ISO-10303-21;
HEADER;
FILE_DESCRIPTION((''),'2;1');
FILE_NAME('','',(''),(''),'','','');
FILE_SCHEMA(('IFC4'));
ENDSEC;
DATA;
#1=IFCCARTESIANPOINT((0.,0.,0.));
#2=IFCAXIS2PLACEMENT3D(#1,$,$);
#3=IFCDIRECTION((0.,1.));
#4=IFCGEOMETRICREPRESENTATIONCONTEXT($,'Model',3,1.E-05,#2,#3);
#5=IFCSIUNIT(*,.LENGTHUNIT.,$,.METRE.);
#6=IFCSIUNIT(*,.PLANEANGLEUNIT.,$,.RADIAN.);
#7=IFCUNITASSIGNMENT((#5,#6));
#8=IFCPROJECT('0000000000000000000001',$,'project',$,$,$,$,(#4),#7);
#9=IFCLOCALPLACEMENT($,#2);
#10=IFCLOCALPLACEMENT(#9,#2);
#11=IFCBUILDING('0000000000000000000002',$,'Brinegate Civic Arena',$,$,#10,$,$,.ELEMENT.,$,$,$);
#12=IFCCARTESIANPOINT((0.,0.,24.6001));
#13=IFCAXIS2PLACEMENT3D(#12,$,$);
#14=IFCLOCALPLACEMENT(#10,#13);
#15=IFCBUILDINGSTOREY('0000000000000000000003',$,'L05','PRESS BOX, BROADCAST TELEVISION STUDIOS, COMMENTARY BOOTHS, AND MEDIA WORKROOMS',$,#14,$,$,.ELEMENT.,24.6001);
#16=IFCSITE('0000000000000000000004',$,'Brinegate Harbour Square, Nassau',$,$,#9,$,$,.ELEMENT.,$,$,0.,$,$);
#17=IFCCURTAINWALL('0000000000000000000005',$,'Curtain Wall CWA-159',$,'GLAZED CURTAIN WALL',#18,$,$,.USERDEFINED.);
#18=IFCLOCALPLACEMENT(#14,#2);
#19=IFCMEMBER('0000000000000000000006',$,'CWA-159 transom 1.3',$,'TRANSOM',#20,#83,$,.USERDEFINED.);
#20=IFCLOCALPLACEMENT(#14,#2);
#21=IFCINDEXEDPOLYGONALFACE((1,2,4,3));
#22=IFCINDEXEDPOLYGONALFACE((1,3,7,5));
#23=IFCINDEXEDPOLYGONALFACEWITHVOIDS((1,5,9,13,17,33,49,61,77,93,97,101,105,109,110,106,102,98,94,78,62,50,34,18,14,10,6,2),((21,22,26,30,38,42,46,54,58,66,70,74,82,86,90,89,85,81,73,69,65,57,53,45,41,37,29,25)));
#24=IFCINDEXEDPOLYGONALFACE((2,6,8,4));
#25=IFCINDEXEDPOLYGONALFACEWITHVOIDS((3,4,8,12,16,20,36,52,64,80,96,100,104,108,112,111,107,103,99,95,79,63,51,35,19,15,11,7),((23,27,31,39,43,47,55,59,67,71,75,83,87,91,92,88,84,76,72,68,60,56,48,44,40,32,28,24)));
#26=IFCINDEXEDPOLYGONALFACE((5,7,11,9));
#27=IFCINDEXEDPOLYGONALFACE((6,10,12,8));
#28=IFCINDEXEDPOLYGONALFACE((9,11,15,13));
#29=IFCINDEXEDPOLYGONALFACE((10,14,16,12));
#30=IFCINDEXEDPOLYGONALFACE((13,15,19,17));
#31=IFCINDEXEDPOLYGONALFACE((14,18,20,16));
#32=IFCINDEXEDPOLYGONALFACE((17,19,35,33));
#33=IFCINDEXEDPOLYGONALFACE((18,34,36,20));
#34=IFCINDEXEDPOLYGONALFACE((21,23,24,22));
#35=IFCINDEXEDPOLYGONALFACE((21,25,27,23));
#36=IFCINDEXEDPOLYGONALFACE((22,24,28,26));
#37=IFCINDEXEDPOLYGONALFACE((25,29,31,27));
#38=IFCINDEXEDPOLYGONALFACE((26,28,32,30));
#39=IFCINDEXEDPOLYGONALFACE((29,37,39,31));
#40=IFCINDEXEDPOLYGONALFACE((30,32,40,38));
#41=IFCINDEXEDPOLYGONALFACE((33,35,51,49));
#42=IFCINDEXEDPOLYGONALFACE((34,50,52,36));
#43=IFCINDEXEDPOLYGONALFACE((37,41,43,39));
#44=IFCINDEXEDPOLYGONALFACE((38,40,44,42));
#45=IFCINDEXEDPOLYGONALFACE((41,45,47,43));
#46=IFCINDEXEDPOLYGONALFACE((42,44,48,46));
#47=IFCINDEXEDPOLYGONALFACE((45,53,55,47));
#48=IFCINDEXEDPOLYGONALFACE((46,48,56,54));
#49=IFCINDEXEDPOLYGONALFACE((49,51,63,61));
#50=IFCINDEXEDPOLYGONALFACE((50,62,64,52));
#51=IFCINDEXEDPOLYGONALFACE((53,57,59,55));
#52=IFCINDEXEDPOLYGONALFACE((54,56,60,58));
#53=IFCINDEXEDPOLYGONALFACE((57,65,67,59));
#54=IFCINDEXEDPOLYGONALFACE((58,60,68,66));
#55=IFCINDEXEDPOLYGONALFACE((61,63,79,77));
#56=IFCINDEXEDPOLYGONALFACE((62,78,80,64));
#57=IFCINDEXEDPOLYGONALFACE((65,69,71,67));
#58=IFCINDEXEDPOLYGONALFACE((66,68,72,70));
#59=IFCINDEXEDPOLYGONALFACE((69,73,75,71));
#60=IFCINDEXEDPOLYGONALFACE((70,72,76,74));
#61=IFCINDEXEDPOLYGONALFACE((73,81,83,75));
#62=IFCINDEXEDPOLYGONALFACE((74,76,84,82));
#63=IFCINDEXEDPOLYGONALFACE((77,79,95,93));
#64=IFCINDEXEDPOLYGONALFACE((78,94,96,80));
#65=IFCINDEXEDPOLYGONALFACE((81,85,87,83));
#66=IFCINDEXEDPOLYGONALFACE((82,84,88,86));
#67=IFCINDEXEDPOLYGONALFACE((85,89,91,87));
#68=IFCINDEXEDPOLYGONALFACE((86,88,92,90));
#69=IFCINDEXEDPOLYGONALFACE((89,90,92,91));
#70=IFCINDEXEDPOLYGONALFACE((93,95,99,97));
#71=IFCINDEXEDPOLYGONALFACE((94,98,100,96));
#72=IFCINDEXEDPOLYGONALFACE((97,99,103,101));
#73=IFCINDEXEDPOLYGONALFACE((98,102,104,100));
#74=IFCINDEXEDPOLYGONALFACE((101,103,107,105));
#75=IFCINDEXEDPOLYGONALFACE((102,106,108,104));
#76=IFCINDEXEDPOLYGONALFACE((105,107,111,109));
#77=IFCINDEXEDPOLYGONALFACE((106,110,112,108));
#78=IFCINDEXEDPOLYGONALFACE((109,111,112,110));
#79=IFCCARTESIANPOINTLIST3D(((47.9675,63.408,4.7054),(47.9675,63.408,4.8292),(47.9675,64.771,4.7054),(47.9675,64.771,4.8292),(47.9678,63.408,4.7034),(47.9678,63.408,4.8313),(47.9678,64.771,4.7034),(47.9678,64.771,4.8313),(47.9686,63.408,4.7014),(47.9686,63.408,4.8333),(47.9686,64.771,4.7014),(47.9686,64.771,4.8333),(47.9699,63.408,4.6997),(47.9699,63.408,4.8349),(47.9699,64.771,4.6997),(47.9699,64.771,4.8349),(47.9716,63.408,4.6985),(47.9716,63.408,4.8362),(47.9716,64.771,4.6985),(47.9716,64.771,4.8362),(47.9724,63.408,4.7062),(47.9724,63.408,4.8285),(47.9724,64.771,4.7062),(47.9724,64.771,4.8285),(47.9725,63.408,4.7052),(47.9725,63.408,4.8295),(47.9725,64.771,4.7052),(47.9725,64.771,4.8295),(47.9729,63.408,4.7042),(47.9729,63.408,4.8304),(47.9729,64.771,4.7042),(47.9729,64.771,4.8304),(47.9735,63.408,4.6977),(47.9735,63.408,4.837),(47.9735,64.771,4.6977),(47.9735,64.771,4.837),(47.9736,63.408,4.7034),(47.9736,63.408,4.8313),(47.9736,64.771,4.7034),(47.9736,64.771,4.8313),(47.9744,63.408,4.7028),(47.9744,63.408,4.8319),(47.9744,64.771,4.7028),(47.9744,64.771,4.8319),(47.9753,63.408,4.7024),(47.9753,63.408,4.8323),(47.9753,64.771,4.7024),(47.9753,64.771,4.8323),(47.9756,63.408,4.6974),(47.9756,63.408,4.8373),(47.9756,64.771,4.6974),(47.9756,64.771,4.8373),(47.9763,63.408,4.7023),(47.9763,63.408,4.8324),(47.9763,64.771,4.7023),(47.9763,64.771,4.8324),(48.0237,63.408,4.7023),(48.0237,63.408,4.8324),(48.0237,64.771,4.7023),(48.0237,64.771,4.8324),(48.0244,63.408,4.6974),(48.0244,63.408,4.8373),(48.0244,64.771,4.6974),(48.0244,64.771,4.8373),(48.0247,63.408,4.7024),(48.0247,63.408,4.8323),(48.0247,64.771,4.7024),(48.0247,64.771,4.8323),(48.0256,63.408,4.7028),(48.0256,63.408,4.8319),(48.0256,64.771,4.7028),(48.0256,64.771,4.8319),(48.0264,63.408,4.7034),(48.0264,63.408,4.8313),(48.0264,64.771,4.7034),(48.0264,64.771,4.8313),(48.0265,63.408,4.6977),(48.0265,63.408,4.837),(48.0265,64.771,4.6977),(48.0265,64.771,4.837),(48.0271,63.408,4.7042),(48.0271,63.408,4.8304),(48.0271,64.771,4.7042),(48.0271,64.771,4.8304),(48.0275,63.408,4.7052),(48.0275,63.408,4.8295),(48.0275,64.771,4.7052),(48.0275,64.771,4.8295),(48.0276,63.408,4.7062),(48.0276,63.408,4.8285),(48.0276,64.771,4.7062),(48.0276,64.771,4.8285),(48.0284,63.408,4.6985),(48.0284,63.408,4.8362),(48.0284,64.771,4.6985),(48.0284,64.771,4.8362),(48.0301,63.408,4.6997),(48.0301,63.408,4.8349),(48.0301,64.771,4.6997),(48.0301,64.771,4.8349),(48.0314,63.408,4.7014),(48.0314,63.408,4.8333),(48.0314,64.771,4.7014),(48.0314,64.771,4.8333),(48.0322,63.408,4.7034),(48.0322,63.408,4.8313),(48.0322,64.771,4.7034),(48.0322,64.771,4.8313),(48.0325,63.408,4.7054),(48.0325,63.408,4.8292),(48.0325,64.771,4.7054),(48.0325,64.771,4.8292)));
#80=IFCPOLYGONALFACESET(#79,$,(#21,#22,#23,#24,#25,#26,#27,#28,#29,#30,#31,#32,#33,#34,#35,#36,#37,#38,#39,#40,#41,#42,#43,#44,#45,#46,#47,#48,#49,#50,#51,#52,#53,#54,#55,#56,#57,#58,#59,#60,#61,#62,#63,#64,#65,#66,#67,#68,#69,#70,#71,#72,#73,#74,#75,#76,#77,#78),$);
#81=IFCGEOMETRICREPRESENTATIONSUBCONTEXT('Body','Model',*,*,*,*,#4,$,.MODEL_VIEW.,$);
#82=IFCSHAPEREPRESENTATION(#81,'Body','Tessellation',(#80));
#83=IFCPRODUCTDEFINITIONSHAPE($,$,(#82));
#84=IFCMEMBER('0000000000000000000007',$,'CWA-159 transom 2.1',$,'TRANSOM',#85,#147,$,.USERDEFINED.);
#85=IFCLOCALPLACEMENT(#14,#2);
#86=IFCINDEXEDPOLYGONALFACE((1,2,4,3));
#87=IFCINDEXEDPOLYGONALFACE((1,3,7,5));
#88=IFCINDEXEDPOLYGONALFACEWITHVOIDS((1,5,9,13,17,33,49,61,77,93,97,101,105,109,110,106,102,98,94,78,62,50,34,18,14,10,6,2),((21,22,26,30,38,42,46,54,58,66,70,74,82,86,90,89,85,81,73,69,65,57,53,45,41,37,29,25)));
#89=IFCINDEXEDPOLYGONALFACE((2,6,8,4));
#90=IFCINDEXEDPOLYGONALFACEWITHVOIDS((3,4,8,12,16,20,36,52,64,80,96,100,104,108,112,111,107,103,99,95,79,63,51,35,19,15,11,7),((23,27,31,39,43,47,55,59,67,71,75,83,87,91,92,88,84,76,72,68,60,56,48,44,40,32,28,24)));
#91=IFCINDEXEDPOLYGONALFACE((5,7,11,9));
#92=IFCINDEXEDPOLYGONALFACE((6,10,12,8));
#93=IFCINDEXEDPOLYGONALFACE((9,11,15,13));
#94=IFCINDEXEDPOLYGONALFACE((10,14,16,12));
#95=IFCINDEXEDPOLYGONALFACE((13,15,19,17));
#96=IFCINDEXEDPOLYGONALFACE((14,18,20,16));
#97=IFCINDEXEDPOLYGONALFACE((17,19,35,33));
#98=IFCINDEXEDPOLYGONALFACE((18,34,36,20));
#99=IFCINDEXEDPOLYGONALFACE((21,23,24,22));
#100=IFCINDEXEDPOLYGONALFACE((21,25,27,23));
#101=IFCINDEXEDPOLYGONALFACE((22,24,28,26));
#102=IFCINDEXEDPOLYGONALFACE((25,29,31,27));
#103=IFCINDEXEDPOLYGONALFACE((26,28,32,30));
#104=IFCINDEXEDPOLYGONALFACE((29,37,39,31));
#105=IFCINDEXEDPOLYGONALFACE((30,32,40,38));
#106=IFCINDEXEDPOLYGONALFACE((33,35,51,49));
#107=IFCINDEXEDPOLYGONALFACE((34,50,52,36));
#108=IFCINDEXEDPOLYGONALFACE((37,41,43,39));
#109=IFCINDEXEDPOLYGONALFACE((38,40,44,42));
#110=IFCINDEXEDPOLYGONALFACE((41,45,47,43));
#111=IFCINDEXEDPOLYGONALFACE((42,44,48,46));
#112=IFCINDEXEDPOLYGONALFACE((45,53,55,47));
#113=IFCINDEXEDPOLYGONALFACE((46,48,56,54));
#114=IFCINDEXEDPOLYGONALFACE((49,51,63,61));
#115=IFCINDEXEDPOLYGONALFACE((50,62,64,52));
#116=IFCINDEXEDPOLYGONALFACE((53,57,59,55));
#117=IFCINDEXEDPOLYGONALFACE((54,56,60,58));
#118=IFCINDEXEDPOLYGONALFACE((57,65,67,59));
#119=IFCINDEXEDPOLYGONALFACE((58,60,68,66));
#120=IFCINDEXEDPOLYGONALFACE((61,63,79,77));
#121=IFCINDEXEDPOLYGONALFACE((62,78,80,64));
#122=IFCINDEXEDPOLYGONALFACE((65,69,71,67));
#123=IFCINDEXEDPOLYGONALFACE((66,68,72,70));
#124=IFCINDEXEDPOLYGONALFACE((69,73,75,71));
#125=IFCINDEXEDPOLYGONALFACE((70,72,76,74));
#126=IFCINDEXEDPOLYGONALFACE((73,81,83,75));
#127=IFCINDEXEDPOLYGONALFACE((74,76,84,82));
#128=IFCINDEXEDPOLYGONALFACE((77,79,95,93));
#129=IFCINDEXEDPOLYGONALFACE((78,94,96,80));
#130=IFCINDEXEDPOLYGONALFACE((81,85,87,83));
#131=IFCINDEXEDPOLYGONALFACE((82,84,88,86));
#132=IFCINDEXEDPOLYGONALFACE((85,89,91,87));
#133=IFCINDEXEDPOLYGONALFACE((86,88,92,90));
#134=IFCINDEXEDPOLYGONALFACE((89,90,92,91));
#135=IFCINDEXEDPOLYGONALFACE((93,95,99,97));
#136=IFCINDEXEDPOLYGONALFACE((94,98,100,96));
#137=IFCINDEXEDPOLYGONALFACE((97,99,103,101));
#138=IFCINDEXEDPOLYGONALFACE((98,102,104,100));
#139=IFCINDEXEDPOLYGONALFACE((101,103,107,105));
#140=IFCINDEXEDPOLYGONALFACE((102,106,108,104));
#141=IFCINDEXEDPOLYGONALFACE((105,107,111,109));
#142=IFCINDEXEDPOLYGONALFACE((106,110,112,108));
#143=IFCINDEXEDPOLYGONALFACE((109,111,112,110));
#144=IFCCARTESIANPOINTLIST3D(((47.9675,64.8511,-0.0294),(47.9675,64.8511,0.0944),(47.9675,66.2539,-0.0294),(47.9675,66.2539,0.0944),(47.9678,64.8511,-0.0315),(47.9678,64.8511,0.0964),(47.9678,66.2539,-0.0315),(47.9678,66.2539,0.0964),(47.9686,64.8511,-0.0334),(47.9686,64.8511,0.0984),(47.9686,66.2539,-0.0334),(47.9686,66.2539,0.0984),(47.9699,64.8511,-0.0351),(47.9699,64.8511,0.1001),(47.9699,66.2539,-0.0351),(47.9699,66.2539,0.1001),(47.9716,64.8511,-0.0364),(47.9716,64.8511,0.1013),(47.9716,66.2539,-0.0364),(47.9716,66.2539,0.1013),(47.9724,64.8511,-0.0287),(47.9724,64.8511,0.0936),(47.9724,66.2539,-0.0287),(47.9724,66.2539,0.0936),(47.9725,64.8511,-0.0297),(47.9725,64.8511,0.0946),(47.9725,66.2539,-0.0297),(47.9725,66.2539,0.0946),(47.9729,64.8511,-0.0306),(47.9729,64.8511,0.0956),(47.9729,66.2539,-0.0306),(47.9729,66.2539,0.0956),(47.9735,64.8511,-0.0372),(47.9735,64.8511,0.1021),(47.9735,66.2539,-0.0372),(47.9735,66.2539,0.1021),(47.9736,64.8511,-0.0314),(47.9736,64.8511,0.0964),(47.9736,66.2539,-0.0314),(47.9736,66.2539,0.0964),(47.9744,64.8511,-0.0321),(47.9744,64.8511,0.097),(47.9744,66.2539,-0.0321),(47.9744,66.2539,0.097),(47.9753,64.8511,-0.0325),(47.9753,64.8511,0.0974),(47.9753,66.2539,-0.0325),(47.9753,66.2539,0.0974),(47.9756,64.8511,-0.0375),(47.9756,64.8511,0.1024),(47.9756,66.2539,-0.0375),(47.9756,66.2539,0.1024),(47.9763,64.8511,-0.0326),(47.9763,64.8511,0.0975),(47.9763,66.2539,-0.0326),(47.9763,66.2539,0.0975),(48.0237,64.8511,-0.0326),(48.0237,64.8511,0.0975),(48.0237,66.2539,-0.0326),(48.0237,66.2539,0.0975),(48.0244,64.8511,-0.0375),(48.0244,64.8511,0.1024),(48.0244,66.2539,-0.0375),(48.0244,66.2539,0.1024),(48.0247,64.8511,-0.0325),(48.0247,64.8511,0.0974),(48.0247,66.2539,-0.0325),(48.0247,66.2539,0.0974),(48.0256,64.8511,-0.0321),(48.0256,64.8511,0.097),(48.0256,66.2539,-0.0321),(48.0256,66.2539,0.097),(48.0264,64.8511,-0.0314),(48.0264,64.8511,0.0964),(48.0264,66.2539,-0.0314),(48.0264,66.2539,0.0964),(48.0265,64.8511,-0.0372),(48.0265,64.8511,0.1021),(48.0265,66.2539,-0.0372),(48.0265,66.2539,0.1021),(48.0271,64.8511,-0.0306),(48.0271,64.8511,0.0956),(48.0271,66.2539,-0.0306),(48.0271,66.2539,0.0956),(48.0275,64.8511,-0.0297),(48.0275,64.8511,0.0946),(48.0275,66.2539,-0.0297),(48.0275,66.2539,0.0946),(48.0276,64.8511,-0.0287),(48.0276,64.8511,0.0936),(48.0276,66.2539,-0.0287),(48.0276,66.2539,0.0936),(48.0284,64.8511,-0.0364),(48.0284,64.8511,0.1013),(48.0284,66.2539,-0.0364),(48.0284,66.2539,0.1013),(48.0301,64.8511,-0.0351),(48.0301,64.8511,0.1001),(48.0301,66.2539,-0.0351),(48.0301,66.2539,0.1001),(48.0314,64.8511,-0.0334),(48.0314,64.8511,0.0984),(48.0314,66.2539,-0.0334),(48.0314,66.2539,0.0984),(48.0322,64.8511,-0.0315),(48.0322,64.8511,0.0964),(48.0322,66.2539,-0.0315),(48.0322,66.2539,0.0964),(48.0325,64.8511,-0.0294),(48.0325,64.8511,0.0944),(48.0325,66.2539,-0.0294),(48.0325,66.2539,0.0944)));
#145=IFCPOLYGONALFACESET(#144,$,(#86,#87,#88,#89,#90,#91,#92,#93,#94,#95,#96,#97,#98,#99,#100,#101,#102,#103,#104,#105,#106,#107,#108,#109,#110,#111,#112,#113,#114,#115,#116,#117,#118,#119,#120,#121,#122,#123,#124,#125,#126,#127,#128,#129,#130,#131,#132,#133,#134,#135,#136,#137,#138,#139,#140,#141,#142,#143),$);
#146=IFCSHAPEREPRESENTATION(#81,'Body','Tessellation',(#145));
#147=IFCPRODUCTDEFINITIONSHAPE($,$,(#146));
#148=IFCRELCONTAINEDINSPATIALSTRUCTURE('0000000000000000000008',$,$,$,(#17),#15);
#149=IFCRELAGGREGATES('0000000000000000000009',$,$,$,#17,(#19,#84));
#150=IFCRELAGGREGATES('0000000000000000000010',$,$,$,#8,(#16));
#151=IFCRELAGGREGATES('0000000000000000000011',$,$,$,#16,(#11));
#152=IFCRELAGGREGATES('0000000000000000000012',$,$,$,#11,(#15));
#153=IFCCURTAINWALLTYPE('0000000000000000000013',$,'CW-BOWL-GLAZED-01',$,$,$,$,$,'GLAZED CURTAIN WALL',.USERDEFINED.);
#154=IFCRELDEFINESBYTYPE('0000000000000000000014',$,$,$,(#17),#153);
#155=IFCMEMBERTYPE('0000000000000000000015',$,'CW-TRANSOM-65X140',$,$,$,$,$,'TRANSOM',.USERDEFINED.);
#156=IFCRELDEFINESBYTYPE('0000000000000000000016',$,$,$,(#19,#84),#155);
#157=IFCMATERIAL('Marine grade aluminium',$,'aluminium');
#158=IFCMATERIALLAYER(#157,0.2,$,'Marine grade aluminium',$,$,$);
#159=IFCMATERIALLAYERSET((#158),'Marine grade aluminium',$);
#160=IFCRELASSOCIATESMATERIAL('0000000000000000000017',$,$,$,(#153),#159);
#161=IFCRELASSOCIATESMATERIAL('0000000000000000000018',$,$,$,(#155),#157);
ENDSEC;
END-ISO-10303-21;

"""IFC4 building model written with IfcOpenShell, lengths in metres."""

from ifc_helpers import new_model, si_unit, direction, frame, origin, origin_2d, place, context, subcontext, project, spatial, hollow_rectangle, extrude, material, layer, layer_set, material_profile, profile_set, type_object, element, aggregate, save


model = new_model("IFC4")

# Units and contexts
model_context = context("Model", 3, precision=1e-05, world=origin(), true_north=direction((0.0, 1.0)))
body_context = subcontext(model_context, "Body", "Model", "MODEL_VIEW")
ifc_project = project(units=[si_unit("LENGTHUNIT", "METRE"), si_unit("PLANEANGLEUNIT", "RADIAN")], contexts=[model_context])

# Site, building, storey
site_placement = place(None, origin())
site = spatial("IfcSite", under=ifc_project, at=site_placement, Name="Brinegate Harbour Square, Nassau", CompositionType="ELEMENT", RefElevation=0.0)
building_placement = place(site_placement, origin())
building = spatial("IfcBuilding", under=site, at=building_placement, Name="Brinegate Civic Arena", CompositionType="ELEMENT")
storey_placement = place(building_placement, frame((0.0, 0.0, 24.6001)))
storey = spatial("IfcBuildingStorey", under=building, at=storey_placement, Name="L05", Description="PRESS BOX, BROADCAST TELEVISION STUDIOS, COMMENTARY BOOTHS, AND MEDIA WORKROOMS", CompositionType="ELEMENT", Elevation=24.6001)

# Shared definitions
ifc_material_1 = material(Name="Marine grade aluminium", Category="aluminium")
ifc_layer_1 = layer(ifc_material_1, 0.2, Name="Marine grade aluminium")
ifc_layer_set_1 = layer_set([ifc_layer_1], Name="Marine grade aluminium")
curtain_wall_type = type_object("IfcCurtainWallType", Name="CW-BOWL-GLAZED-01", ElementType="GLAZED CURTAIN WALL", PredefinedType="USERDEFINED", material=ifc_layer_set_1)

# Curtain wall, members
curtain_wall_1_placement = place(storey_placement, origin())
curtain_wall_1 = element("IfcCurtainWall", 1, at=curtain_wall_1_placement, inside=storey, type_object=curtain_wall_type, Name="Curtain Wall CWA-159", ObjectType="GLAZED CURTAIN WALL", PredefinedType="USERDEFINED")
ifc_material_profile_1 = material_profile(ifc_material_1, hollow_rectangle(XDim=0.0649, YDim=0.1399, WallThickness=0.0049, InnerFilletRadius=0.0039, OuterFilletRadius=0.0081, at=origin_2d()), Name="TRN65X140")
ifc_profile_set_1 = profile_set([ifc_material_profile_1], Name="Marine grade aluminium")
member_type_1 = type_object("IfcMemberType", Name="CW-TRANSOM-65X140", ElementType="TRANSOM", PredefinedType="USERDEFINED", material=ifc_profile_set_1)
member_1_placement = place(storey_placement, frame((48.0, 63.408, 4.7673), z_axis=(0.0, 1.0, 0.0), x_axis=(-1.0, 0.0, 0.0)))
member_1 = element("IfcMember", 2, at=member_1_placement, type_object=member_type_1, Name="CWA-159 transom 1.3", ObjectType="TRANSOM", PredefinedType="USERDEFINED", context=body_context, shape_type="SweptSolid", body=[
    extrude(hollow_rectangle(XDim=0.0649, YDim=0.1399, WallThickness=0.0049, InnerFilletRadius=0.0039, OuterFilletRadius=0.0081, at=origin_2d()), origin(), (0.0, 0.0, 1.0), 1.363),
])
member_2_placement = place(storey_placement, frame((48.0, 64.8511, 0.0325), z_axis=(0.0, 1.0, 0.0), x_axis=(-1.0, 0.0, 0.0)))
member_2 = element("IfcMember", 3, at=member_2_placement, type_object=member_type_1, Name="CWA-159 transom 2.1", ObjectType="TRANSOM", PredefinedType="USERDEFINED", context=body_context, shape_type="SweptSolid", body=[
    extrude(hollow_rectangle(XDim=0.0649, YDim=0.1399, WallThickness=0.0049, InnerFilletRadius=0.0039, OuterFilletRadius=0.0081, at=origin_2d()), origin(), (0.0, 0.0, 1.0), 1.4028),
])

aggregate(curtain_wall_1, [member_1, member_2])

save(model, "model.ifc")
